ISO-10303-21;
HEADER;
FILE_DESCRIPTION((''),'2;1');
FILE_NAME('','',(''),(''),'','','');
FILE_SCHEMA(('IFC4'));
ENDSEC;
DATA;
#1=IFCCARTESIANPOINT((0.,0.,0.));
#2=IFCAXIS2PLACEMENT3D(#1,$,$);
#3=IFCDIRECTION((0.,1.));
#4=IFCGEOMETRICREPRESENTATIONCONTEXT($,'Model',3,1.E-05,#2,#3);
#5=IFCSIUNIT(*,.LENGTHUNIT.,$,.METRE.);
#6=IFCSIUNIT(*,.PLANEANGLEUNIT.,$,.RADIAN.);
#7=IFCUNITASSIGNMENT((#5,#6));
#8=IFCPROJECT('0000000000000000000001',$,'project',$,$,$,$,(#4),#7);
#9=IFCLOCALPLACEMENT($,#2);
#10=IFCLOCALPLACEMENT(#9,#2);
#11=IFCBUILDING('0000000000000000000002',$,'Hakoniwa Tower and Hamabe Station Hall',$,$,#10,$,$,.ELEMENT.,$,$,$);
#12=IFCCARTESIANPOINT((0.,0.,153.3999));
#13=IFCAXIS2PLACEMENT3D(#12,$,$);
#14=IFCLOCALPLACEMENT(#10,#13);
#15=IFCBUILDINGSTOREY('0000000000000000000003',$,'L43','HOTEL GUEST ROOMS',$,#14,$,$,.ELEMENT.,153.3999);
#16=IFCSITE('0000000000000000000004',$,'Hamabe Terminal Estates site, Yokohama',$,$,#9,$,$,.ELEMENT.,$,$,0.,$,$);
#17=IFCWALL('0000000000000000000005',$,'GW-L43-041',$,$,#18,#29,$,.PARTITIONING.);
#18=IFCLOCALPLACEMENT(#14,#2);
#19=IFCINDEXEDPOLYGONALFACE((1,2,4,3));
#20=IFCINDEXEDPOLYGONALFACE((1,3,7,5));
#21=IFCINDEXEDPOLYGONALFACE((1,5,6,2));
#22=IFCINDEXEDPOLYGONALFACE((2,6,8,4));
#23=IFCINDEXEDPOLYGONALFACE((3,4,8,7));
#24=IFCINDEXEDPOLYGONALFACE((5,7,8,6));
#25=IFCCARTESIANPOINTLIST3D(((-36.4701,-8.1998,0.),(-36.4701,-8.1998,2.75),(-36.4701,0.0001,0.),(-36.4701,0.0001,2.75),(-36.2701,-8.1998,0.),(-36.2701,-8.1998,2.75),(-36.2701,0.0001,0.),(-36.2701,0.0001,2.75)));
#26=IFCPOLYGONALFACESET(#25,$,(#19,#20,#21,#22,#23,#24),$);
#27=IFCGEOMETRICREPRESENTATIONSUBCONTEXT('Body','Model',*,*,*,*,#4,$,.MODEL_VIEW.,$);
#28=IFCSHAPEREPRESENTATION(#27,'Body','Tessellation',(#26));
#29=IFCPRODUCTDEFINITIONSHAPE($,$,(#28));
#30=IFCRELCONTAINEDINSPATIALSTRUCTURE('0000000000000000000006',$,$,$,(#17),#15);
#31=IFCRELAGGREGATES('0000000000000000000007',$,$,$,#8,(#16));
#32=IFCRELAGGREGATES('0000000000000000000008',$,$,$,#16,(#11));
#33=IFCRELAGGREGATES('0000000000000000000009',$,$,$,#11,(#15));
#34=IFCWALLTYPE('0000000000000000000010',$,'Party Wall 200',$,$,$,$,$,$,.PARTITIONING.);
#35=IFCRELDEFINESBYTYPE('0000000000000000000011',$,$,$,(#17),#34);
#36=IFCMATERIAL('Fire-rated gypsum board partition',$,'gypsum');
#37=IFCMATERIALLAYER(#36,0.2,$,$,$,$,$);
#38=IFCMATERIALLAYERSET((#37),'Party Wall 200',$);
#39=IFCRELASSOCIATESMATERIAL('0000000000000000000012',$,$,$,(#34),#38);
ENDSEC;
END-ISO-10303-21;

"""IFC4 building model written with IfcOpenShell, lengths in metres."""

from ifc_helpers import new_model, si_unit, direction, frame, frame_2d, origin, place, context, subcontext, project, spatial, rectangle, extrude, material, layer, layer_set, type_object, element, save


model = new_model("IFC4")

# Units and contexts
model_context = context("Model", 3, precision=1e-05, world=origin(), true_north=direction((0.0, 1.0)))
body_context = subcontext(model_context, "Body", "Model", "MODEL_VIEW")
ifc_project = project(units=[si_unit("LENGTHUNIT", "METRE"), si_unit("PLANEANGLEUNIT", "RADIAN")], contexts=[model_context])

# Site, building, storey
site_placement = place(None, origin())
site = spatial("IfcSite", under=ifc_project, at=site_placement, Name="Hamabe Terminal Estates site, Yokohama", CompositionType="ELEMENT", RefElevation=0.0)
building_placement = place(site_placement, origin())
building = spatial("IfcBuilding", under=site, at=building_placement, Name="Hakoniwa Tower and Hamabe Station Hall", CompositionType="ELEMENT")
storey_placement = place(building_placement, frame((0.0, 0.0, 153.3999)))
storey = spatial("IfcBuildingStorey", under=building, at=storey_placement, Name="L43", Description="HOTEL GUEST ROOMS", CompositionType="ELEMENT", Elevation=153.3999)

# Wall
ifc_material_1 = material(Name="Fire-rated gypsum board partition", Category="gypsum")
ifc_layer_1 = layer(ifc_material_1, 0.2)
ifc_layer_set_1 = layer_set([ifc_layer_1], Name="Party Wall 200")
wall_type_1 = type_object("IfcWallType", Name="Party Wall 200", PredefinedType="PARTITIONING", material=ifc_layer_set_1)
wall_1_placement = place(storey_placement, frame((-36.3701, -8.2, 0.0), z_axis=(0.0, 0.0, 1.0), x_axis=(0.0, 1.0, 0.0)))
element("IfcWall", 1, at=wall_1_placement, inside=storey, type_object=wall_type_1, Name="GW-L43-041", PredefinedType="PARTITIONING", context=body_context, shape_type="SweptSolid", body=[
    extrude(rectangle(XDim=8.2, YDim=0.2, at=frame_2d((4.1001, 0.0))), origin(), (0.0, 0.0, 1.0), 2.75),
])

save(model, "model.ifc")
